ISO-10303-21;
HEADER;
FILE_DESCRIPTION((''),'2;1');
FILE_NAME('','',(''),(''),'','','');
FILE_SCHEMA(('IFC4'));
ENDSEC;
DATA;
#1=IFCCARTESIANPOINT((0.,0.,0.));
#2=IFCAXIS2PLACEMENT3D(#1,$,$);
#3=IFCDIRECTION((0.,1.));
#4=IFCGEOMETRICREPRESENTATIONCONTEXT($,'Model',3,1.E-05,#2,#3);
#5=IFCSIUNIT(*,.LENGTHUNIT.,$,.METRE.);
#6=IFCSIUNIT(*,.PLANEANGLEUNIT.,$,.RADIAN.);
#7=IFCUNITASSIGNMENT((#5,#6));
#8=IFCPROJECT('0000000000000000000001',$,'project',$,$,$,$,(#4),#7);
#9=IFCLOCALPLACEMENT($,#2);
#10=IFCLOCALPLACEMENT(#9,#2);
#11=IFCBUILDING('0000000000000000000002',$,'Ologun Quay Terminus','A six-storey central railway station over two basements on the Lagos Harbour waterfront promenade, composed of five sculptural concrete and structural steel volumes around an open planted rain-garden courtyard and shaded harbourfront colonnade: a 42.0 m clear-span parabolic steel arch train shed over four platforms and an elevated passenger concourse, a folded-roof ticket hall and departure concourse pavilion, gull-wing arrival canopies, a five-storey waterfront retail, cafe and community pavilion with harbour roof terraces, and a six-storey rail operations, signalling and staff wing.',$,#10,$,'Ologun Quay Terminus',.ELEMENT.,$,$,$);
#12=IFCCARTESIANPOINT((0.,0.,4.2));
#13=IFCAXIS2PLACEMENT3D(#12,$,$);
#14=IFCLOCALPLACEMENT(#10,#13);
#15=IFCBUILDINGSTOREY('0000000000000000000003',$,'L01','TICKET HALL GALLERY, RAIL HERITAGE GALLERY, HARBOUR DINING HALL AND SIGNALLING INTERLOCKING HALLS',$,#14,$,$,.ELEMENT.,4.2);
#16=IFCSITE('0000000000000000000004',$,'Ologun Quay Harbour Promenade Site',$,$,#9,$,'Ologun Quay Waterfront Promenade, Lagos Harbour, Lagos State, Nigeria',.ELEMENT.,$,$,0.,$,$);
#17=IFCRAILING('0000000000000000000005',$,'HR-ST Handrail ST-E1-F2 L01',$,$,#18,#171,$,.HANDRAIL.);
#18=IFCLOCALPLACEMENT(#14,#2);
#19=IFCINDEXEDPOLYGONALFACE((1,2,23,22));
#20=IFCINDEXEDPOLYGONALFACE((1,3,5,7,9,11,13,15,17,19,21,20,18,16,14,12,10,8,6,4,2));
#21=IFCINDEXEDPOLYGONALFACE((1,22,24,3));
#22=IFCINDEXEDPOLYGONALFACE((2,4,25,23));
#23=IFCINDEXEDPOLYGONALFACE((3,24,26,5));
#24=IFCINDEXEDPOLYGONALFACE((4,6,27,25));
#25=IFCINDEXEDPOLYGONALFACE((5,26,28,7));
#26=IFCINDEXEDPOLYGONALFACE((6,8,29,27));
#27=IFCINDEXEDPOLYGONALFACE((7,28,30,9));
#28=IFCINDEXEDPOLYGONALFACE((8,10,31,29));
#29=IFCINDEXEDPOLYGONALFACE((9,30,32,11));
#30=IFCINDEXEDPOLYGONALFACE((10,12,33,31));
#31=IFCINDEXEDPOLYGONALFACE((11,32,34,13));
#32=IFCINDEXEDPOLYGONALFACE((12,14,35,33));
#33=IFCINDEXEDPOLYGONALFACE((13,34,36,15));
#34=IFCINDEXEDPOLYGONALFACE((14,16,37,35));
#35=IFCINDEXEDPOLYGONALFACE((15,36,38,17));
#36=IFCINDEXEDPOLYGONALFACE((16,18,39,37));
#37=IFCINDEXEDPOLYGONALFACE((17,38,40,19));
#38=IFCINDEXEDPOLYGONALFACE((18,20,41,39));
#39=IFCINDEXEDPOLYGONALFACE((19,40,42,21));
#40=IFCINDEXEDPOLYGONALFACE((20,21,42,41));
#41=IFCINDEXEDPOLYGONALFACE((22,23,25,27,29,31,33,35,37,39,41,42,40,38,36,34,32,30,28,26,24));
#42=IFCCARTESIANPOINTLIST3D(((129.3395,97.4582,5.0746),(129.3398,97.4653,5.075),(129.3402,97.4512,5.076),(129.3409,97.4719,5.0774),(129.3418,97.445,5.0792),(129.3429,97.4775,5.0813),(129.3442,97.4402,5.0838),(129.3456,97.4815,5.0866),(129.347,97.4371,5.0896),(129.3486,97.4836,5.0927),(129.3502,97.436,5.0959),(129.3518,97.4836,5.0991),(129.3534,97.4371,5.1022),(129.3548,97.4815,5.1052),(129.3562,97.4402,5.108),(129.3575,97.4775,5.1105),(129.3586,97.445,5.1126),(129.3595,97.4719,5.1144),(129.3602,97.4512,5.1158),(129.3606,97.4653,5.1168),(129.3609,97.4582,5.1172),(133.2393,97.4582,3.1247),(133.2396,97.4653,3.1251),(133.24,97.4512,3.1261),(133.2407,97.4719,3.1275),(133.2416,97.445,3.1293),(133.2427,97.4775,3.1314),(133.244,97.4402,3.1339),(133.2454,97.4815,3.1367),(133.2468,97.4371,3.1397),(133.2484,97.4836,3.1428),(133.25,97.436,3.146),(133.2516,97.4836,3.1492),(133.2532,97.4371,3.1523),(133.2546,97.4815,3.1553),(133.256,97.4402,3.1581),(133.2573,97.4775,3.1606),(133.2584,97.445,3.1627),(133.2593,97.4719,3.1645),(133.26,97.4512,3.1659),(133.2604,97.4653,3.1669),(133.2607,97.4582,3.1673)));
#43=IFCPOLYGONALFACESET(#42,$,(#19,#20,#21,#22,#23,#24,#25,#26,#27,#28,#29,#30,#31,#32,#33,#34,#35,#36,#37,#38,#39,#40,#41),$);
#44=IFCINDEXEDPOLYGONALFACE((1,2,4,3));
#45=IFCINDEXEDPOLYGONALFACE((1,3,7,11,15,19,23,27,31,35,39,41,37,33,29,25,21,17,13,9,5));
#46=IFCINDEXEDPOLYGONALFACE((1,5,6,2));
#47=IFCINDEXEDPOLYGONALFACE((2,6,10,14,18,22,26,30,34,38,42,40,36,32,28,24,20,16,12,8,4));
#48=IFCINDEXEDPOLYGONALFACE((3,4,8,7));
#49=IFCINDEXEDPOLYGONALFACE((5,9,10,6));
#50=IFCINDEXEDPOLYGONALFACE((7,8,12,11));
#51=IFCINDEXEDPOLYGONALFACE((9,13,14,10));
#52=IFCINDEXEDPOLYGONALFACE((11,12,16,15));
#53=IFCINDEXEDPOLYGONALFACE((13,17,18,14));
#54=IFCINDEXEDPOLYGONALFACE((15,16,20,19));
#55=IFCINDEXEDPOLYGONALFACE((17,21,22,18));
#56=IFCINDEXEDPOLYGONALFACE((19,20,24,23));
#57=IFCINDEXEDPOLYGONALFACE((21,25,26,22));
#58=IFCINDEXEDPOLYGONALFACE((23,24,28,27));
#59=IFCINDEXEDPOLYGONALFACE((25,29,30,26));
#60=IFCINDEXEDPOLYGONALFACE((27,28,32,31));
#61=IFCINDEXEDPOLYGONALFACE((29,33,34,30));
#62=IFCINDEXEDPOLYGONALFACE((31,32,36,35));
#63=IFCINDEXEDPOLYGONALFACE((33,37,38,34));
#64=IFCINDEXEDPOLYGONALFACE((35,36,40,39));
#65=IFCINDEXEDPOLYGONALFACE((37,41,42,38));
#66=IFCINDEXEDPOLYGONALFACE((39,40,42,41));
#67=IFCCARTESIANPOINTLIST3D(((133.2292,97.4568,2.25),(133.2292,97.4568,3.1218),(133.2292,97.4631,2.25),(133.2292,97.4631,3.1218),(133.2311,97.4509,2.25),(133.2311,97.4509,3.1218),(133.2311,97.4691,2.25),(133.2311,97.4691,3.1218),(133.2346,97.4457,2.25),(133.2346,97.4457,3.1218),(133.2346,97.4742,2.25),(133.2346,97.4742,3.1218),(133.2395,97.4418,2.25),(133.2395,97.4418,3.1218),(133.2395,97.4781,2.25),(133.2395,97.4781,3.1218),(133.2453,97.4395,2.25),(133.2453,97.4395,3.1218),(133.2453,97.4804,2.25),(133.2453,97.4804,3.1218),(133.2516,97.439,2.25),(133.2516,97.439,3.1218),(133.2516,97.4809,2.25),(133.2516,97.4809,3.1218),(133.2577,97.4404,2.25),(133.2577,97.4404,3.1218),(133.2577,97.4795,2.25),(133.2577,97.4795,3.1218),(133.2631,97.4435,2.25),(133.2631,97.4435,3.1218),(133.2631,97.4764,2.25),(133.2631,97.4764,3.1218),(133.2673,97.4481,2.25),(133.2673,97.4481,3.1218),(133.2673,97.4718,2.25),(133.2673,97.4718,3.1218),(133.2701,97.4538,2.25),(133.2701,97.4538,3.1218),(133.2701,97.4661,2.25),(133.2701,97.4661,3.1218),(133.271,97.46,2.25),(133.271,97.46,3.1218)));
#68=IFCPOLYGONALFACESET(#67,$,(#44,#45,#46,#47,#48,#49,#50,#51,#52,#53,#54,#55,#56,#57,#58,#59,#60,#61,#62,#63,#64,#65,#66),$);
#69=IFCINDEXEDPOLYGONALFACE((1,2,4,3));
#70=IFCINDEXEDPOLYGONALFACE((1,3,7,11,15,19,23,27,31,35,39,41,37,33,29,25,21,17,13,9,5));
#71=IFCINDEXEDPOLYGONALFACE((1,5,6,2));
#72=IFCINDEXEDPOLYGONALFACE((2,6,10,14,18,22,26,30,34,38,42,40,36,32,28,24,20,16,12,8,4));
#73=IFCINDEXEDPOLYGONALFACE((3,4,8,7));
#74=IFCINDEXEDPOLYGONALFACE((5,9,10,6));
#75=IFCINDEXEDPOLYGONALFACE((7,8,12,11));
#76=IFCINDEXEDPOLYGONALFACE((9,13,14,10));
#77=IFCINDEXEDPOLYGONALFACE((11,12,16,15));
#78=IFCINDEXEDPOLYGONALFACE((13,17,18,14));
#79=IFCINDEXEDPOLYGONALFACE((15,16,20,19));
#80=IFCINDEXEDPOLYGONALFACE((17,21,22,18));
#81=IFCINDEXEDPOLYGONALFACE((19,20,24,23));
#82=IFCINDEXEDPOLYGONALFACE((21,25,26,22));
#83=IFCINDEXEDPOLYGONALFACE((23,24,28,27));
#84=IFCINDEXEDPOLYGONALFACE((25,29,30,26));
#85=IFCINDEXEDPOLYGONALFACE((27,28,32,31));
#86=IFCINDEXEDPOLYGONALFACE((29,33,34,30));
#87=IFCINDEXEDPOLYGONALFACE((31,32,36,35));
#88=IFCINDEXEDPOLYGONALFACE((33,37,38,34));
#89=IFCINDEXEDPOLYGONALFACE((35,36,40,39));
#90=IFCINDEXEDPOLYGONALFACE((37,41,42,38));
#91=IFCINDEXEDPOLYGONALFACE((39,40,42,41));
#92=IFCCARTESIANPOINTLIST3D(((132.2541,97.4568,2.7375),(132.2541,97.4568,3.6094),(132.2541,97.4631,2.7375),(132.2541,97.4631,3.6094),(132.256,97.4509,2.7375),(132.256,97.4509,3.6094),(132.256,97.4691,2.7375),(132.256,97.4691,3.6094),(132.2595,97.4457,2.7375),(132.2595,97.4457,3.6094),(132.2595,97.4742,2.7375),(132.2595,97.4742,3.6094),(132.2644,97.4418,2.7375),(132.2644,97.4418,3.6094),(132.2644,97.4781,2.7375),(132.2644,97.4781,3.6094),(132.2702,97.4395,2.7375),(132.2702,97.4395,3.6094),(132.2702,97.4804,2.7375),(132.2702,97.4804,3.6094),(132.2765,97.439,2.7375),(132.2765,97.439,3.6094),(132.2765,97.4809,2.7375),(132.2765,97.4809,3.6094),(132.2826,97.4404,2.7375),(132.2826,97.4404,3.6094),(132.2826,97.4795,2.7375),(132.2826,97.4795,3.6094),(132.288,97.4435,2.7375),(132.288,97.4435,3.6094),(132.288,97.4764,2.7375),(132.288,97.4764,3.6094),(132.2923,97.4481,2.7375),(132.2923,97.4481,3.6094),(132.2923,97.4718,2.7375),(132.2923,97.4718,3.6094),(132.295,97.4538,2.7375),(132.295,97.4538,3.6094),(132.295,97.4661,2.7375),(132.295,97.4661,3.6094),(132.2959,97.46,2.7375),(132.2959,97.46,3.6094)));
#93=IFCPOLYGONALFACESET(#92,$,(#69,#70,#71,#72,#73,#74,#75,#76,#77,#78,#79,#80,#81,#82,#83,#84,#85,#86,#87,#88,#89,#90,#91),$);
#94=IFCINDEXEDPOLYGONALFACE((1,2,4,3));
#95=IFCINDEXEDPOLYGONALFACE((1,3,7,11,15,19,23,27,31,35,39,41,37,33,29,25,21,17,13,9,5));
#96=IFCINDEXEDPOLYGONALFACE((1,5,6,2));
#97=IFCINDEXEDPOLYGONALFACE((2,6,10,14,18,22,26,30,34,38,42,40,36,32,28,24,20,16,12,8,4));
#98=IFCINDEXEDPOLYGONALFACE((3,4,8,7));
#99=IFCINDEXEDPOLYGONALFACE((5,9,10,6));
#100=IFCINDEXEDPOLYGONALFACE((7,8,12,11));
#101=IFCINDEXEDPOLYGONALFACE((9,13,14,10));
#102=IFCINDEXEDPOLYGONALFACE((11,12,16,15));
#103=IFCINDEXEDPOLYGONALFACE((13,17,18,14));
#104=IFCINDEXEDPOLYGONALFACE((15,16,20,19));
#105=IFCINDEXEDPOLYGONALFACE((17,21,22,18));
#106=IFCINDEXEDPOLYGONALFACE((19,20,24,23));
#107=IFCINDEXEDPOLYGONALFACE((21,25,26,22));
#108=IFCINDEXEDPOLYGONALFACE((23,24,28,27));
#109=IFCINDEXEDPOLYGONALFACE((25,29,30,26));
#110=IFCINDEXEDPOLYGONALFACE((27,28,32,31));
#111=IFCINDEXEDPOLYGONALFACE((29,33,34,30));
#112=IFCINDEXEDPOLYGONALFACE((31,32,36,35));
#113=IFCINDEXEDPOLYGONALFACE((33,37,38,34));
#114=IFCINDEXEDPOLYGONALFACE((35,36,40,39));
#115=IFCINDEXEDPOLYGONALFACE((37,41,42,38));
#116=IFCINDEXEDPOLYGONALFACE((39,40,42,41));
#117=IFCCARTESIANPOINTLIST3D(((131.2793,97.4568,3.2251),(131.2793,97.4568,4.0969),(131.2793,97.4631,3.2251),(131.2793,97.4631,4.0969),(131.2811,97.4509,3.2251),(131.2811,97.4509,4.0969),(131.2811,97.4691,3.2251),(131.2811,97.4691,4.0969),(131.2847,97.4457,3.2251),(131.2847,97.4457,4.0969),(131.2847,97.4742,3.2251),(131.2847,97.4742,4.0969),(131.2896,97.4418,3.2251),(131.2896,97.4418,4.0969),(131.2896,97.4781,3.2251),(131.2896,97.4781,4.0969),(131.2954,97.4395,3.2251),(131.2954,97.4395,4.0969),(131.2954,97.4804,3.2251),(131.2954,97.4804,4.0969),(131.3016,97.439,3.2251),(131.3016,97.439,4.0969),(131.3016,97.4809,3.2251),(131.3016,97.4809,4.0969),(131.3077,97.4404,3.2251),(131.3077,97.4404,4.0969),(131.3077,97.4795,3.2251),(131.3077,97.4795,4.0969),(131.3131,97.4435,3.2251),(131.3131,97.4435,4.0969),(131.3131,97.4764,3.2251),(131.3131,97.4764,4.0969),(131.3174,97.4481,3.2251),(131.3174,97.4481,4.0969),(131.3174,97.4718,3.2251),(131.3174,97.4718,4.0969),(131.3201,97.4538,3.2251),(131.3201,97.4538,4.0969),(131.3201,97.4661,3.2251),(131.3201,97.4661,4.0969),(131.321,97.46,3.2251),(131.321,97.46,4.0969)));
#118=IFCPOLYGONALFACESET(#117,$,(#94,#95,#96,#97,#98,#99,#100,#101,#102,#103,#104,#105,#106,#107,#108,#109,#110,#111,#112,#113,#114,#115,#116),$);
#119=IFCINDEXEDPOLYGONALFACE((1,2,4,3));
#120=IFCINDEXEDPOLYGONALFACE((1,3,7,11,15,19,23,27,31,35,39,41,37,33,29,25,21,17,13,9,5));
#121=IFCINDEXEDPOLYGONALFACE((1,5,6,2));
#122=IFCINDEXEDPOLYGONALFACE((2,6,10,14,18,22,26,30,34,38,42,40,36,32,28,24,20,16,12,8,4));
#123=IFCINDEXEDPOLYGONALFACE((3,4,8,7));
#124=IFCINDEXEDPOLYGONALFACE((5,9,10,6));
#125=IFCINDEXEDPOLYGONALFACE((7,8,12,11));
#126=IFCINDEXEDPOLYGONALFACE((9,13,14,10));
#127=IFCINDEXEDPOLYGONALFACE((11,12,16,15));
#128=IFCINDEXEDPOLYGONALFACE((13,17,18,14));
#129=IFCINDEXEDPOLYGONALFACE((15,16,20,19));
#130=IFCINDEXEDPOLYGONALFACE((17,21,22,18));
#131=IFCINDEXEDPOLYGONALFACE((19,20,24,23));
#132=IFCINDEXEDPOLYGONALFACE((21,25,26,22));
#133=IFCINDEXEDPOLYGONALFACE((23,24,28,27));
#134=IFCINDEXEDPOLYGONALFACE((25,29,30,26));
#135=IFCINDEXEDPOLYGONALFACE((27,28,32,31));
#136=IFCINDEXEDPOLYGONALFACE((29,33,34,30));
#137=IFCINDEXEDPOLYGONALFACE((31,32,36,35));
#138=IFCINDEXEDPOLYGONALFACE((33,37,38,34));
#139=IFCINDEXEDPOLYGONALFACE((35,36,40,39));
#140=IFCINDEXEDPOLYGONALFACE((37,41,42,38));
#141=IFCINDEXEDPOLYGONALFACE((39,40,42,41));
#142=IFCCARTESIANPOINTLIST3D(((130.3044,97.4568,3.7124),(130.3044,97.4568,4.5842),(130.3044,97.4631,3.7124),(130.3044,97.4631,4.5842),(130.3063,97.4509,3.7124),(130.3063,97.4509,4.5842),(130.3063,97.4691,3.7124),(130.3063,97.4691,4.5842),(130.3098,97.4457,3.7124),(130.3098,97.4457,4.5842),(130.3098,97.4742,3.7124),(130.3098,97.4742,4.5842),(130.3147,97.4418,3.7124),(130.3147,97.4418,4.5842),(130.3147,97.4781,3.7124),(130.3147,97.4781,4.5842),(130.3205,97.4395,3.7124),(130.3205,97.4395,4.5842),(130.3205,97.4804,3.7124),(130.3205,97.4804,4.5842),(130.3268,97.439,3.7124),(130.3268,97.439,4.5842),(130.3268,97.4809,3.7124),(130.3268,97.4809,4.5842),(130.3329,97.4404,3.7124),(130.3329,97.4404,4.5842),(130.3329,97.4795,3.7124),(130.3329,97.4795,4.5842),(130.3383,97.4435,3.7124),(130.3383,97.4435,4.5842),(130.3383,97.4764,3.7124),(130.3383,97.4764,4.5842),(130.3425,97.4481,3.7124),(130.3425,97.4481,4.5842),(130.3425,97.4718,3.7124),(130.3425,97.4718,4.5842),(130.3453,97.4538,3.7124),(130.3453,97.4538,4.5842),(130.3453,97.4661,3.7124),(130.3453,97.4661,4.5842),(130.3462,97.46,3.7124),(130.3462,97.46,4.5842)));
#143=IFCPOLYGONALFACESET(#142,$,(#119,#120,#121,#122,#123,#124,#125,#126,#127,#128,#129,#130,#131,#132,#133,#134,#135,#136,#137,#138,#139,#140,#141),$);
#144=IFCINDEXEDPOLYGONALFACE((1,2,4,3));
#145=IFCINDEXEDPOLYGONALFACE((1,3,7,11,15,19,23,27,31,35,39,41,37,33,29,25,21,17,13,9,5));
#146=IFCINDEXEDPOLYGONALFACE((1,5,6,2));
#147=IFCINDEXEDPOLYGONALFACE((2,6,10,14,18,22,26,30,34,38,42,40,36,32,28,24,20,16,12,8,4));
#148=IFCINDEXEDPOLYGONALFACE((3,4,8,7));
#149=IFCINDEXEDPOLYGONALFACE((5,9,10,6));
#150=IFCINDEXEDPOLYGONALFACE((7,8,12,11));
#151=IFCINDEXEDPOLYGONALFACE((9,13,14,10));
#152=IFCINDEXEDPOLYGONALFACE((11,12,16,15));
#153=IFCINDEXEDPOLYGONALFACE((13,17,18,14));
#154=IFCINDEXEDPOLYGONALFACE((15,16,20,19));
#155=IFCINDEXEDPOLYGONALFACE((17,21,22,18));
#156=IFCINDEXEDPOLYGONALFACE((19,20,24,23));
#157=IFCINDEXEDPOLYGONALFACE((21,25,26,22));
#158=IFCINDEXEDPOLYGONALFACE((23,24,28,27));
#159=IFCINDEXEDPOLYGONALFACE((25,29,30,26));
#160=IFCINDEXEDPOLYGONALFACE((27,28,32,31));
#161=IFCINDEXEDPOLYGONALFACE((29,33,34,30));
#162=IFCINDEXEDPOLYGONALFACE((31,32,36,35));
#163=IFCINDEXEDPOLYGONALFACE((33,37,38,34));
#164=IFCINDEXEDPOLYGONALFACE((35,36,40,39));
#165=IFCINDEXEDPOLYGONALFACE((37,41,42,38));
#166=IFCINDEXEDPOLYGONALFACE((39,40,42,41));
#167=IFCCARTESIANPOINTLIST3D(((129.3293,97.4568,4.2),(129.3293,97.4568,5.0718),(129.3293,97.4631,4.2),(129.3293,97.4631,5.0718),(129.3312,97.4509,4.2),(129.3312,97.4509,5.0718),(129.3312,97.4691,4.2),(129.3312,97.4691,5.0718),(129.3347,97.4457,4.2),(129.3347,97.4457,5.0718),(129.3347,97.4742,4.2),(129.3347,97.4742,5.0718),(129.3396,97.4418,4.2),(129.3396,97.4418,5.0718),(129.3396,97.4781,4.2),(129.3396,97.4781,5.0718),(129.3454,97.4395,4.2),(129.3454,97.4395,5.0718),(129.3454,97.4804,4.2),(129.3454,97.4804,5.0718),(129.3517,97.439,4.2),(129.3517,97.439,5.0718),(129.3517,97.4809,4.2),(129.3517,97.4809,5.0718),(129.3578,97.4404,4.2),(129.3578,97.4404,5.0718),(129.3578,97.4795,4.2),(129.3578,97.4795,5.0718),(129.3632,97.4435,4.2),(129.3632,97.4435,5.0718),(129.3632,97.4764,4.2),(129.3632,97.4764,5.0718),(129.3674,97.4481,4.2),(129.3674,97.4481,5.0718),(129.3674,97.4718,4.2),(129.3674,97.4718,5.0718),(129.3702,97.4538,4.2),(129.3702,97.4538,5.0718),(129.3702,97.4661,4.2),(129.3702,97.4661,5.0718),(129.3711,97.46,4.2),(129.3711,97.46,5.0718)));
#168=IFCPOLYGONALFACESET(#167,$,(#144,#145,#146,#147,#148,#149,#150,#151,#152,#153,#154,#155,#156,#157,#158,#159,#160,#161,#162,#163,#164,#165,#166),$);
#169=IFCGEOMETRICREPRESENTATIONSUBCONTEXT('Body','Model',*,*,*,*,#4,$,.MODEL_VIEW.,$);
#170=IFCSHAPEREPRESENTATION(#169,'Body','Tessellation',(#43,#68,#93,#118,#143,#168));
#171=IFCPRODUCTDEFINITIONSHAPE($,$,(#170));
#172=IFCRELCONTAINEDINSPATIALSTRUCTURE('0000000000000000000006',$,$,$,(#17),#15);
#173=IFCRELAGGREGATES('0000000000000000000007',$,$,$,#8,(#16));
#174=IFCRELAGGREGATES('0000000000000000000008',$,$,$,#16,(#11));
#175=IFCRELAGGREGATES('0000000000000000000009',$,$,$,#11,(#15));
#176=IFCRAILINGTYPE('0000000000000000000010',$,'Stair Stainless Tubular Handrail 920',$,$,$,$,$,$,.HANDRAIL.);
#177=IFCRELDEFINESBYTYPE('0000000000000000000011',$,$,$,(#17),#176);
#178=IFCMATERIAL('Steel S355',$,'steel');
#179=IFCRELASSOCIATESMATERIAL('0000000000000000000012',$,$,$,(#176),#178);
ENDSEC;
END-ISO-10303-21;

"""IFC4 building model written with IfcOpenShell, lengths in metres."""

from ifc_helpers import new_model, si_unit, direction, frame, origin, origin_2d, place, context, subcontext, project, spatial, circle, extrude, material, type_object, element, save


model = new_model("IFC4")

# Units and contexts
model_context = context("Model", 3, precision=1e-05, world=origin(), true_north=direction((0.0, 1.0)))
body_context = subcontext(model_context, "Body", "Model", "MODEL_VIEW")
ifc_project = project(units=[si_unit("LENGTHUNIT", "METRE"), si_unit("PLANEANGLEUNIT", "RADIAN")], contexts=[model_context])

# Site, building, storey
site_placement = place(None, origin())
site = spatial("IfcSite", under=ifc_project, at=site_placement, Name="Ologun Quay Harbour Promenade Site", LongName="Ologun Quay Waterfront Promenade, Lagos Harbour, Lagos State, Nigeria", CompositionType="ELEMENT", RefElevation=0.0)
building_placement = place(site_placement, origin())
building = spatial("IfcBuilding", under=site, at=building_placement, Name="Ologun Quay Terminus", Description="A six-storey central railway station over two basements on the Lagos Harbour waterfront promenade, composed of five sculptural concrete and structural steel volumes around an open planted rain-garden courtyard and shaded harbourfront colonnade: a 42.0 m clear-span parabolic steel arch train shed over four platforms and an elevated passenger concourse, a folded-roof ticket hall and departure concourse pavilion, gull-wing arrival canopies, a five-storey waterfront retail, cafe and community pavilion with harbour roof terraces, and a six-storey rail operations, signalling and staff wing.", LongName="Ologun Quay Terminus", CompositionType="ELEMENT")
storey_placement = place(building_placement, frame((0.0, 0.0, 4.2)))
storey = spatial("IfcBuildingStorey", under=building, at=storey_placement, Name="L01", Description="TICKET HALL GALLERY, RAIL HERITAGE GALLERY, HARBOUR DINING HALL AND SIGNALLING INTERLOCKING HALLS", CompositionType="ELEMENT", Elevation=4.2)

# Railing
ifc_material_1 = material(Name="Steel S355", Category="steel")
railing_type_1 = type_object("IfcRailingType", Name="Stair Stainless Tubular Handrail 920", PredefinedType="HANDRAIL", material=ifc_material_1)
railing_1_placement = place(storey_placement, frame((133.25, 97.46, 2.25)))
element("IfcRailing", 1, at=railing_1_placement, inside=storey, type_object=railing_type_1, Name="HR-ST Handrail ST-E1-F2 L01", PredefinedType="HANDRAIL", context=body_context, shape_type="SweptSolid", body=[
    extrude(circle(Radius=0.0239, at=origin_2d()), frame((0.0, 0.0, 0.896), z_axis=(-0.894427, 0.0, 0.447214), x_axis=(0.0, -1.0, 0.0)), (0.0, 0.0, 1.0), 4.3601),
    extrude(circle(Radius=0.021, at=origin_2d()), origin(), (0.0, 0.0, 1.0), 0.8718),
    extrude(circle(Radius=0.021, at=origin_2d()), frame((-0.9751, 0.0, 0.4875)), (0.0, 0.0, 1.0), 0.8718),
    extrude(circle(Radius=0.021, at=origin_2d()), frame((-1.95, 0.0, 0.9751)), (0.0, 0.0, 1.0), 0.8718),
    extrude(circle(Radius=0.021, at=origin_2d()), frame((-2.9248, 0.0, 1.4624)), (0.0, 0.0, 1.0), 0.8718),
    extrude(circle(Radius=0.021, at=origin_2d()), frame((-3.8999, 0.0, 1.95)), (0.0, 0.0, 1.0), 0.8718),
])

save(model, "model.ifc")
